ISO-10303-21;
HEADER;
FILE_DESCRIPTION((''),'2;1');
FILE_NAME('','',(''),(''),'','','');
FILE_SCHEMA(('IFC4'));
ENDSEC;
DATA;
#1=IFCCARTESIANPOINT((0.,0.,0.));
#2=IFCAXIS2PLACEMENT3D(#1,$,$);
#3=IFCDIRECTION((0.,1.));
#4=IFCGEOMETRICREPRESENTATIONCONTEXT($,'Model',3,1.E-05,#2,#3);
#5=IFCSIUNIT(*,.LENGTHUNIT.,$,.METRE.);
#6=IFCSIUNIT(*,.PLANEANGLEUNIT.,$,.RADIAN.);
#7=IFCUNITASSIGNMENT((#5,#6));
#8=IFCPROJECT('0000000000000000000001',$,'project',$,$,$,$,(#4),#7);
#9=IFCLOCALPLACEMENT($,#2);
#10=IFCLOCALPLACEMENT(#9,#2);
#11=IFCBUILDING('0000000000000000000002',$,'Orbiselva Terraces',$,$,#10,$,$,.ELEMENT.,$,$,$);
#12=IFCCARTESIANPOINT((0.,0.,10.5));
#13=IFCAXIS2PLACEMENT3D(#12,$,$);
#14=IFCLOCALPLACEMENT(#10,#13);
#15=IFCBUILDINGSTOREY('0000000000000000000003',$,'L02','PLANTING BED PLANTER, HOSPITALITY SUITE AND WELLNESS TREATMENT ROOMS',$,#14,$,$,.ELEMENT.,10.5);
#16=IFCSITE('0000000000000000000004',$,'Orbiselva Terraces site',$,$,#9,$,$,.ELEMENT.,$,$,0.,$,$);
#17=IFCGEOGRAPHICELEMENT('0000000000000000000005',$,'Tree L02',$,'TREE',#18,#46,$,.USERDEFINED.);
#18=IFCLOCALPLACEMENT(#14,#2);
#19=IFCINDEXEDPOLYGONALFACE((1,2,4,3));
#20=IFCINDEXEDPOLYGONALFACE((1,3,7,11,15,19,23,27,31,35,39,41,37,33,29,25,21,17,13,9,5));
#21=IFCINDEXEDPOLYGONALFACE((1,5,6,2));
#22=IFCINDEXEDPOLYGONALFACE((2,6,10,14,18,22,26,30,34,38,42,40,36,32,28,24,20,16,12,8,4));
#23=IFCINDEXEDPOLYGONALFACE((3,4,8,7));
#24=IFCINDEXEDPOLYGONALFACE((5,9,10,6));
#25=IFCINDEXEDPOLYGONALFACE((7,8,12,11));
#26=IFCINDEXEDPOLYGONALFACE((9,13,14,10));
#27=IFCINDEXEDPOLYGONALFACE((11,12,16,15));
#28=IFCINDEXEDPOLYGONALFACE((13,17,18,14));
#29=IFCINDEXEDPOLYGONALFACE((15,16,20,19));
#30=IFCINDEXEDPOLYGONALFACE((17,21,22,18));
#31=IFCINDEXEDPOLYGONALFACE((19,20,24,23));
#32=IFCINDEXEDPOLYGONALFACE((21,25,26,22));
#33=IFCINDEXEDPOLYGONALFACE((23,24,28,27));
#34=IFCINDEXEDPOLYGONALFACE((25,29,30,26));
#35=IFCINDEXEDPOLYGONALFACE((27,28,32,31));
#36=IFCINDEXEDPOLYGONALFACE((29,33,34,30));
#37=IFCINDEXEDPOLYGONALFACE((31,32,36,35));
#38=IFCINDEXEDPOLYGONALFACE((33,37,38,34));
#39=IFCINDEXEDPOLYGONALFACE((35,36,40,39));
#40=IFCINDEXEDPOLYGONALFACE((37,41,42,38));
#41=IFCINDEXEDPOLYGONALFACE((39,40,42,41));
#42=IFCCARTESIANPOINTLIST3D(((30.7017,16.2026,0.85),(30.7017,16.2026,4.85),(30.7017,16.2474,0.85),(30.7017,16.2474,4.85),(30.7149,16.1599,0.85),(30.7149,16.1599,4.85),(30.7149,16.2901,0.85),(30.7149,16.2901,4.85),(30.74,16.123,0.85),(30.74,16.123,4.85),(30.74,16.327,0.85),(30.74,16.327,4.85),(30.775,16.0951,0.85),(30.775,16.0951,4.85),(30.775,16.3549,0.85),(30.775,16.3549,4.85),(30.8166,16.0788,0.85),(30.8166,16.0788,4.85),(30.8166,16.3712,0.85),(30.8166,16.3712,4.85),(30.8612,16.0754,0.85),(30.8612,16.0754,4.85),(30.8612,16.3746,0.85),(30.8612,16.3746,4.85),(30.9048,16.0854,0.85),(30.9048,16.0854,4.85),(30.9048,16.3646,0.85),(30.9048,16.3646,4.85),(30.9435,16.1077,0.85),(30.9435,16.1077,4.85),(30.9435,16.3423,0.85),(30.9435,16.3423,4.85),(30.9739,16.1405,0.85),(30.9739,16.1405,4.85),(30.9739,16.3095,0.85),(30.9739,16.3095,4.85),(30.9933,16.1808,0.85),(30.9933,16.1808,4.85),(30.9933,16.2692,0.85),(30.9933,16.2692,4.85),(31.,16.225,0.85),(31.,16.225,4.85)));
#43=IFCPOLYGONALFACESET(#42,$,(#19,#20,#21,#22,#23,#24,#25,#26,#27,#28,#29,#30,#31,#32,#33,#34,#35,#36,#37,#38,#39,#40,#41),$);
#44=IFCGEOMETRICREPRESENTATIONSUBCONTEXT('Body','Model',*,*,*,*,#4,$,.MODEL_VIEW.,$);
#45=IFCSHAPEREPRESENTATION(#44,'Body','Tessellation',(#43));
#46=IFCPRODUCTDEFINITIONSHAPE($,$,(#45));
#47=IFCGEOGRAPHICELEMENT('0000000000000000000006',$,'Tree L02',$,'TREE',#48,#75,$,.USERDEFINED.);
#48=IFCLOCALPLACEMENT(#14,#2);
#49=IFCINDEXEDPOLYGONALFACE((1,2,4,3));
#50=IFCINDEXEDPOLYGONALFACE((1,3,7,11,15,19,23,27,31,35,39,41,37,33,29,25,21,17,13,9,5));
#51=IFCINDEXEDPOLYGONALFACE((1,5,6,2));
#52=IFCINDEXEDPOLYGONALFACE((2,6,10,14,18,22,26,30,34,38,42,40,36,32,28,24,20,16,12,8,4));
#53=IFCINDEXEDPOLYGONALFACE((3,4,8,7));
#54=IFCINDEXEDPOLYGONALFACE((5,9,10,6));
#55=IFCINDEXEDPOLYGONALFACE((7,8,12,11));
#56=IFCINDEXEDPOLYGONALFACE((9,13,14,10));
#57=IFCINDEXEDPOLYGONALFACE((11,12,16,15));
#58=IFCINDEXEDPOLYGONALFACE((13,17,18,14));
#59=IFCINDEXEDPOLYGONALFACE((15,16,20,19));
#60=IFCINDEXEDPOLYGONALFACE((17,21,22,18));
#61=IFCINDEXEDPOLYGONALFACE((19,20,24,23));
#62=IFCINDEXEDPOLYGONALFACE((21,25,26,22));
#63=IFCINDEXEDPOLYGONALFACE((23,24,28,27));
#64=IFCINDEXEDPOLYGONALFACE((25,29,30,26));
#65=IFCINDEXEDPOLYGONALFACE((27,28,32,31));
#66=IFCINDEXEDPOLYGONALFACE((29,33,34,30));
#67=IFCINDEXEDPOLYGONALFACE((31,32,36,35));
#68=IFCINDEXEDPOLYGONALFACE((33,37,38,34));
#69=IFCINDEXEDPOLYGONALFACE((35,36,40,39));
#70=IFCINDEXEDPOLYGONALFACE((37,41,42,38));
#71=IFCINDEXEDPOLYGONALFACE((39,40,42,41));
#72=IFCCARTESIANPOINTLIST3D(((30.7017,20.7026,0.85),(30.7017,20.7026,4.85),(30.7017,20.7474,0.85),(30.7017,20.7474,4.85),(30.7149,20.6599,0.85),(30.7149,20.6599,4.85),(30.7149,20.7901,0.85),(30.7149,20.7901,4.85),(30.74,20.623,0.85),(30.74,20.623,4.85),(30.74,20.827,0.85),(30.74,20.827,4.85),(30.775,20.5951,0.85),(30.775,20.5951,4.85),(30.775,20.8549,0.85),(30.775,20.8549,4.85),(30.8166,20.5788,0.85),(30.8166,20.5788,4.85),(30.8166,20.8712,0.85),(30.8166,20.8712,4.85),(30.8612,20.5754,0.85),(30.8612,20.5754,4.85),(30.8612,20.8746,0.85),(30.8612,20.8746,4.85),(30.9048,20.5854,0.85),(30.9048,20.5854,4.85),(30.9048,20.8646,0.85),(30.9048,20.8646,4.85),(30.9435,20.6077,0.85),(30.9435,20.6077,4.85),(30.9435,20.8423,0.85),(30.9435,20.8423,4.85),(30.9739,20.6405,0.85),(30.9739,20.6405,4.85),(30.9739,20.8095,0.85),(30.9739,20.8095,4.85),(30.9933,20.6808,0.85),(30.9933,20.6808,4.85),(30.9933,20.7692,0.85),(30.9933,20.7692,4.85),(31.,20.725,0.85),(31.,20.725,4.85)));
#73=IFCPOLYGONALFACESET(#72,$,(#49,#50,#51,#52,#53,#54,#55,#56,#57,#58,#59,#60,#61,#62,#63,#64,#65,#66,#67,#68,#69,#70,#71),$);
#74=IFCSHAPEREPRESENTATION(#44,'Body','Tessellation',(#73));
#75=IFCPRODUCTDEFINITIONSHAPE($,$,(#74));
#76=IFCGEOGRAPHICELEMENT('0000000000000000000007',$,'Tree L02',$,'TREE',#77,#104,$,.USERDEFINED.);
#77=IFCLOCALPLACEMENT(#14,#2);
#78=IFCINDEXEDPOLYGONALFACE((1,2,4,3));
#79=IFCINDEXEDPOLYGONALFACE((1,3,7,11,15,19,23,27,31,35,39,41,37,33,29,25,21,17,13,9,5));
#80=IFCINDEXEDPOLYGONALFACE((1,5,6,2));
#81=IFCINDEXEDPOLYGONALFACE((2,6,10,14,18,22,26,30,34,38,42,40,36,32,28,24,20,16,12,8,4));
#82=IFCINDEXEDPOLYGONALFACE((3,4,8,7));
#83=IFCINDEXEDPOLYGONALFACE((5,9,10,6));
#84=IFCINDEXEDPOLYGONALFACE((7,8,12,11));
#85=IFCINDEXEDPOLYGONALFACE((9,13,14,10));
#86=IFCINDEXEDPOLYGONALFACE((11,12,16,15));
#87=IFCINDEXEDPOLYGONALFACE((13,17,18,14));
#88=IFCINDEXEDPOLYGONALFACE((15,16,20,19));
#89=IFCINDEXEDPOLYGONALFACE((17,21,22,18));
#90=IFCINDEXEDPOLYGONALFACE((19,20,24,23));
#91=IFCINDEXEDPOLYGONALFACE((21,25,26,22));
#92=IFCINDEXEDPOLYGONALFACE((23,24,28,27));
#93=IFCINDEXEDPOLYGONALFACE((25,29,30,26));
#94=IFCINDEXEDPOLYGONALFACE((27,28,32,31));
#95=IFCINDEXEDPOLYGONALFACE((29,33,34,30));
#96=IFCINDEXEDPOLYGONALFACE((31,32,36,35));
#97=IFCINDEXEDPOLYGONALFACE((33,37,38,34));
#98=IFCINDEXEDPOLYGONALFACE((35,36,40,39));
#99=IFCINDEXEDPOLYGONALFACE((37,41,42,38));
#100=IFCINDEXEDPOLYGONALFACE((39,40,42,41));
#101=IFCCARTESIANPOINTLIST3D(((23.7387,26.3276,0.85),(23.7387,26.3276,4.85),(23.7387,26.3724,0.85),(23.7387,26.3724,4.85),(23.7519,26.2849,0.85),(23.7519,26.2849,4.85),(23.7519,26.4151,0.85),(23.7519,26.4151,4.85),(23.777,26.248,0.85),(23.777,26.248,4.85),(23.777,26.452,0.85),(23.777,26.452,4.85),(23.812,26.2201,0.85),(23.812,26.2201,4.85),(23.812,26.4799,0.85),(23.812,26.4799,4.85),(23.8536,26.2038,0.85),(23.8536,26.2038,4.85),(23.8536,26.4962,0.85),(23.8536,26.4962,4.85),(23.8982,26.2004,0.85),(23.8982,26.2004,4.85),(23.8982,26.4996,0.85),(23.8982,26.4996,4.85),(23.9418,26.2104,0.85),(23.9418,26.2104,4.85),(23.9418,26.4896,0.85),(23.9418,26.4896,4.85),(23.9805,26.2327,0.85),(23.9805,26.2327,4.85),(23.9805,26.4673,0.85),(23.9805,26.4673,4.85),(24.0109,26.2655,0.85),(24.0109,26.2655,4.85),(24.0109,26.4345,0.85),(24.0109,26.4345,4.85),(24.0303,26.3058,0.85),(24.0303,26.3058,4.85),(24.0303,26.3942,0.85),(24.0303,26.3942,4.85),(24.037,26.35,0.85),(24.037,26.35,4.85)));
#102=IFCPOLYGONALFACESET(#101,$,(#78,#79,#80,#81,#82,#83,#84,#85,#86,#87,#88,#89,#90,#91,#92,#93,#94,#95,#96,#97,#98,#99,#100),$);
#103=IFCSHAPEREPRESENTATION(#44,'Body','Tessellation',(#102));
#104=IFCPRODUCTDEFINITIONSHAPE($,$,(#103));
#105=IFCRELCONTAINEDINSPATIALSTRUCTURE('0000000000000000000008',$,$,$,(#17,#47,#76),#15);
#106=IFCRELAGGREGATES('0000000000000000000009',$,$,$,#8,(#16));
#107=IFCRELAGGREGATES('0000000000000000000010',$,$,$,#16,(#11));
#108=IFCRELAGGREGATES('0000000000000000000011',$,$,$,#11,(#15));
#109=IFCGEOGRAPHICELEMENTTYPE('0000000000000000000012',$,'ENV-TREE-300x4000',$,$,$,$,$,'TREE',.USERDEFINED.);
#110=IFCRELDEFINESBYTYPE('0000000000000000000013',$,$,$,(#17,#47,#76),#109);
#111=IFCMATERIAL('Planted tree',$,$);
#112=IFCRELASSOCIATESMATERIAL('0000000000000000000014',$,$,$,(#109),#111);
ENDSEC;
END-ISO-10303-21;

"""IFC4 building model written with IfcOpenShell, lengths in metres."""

from ifc_helpers import new_model, si_unit, direction, frame, origin, origin_2d, place, context, subcontext, project, spatial, circle, extrude, material, type_object, element, save


model = new_model("IFC4")

# Units and contexts
model_context = context("Model", 3, precision=1e-05, world=origin(), true_north=direction((0.0, 1.0)))
body_context = subcontext(model_context, "Body", "Model", "MODEL_VIEW")
ifc_project = project(units=[si_unit("LENGTHUNIT", "METRE"), si_unit("PLANEANGLEUNIT", "RADIAN")], contexts=[model_context])

# Site, building, storey
site_placement = place(None, origin())
site = spatial("IfcSite", under=ifc_project, at=site_placement, Name="Orbiselva Terraces site", CompositionType="ELEMENT", RefElevation=0.0)
building_placement = place(site_placement, origin())
building = spatial("IfcBuilding", under=site, at=building_placement, Name="Orbiselva Terraces", CompositionType="ELEMENT")
storey_placement = place(building_placement, frame((0.0, 0.0, 10.5)))
storey = spatial("IfcBuildingStorey", under=building, at=storey_placement, Name="L02", Description="PLANTING BED PLANTER, HOSPITALITY SUITE AND WELLNESS TREATMENT ROOMS", CompositionType="ELEMENT", Elevation=10.5)

# Geographic elements
ifc_material_1 = material(Name="Planted tree")
geographic_element_type = type_object("IfcGeographicElementType", Name="ENV-TREE-300x4000", ElementType="TREE", PredefinedType="USERDEFINED", material=ifc_material_1)
for number, where, z_axis, x_axis, name in (
    (1, (30.85, 16.225, 4.85), (0.0, 0.0, -1.0), (1.0, 0.0, 0.0), "Tree L02"),
    (2, (30.85, 20.725, 4.85), (0.0, 0.0, -1.0), (1.0, 0.0, 0.0), "Tree L02"),
    (3, (23.887, 26.35, 4.85), (0.0, 0.0, -1.0), (1.0, 0.0, 0.0), "Tree L02"),
):
    element("IfcGeographicElement", number, at=place(storey_placement, frame(where, z_axis=z_axis, x_axis=x_axis)), inside=storey, type_object=geographic_element_type, Name=name, ObjectType="TREE", PredefinedType="USERDEFINED", context=body_context, shape_type="SweptSolid", body=[
        extrude(circle(Radius=0.15, at=origin_2d()), origin(), (0.0, 0.0, 1.0), 4.0),
    ])

save(model, "model.ifc")
